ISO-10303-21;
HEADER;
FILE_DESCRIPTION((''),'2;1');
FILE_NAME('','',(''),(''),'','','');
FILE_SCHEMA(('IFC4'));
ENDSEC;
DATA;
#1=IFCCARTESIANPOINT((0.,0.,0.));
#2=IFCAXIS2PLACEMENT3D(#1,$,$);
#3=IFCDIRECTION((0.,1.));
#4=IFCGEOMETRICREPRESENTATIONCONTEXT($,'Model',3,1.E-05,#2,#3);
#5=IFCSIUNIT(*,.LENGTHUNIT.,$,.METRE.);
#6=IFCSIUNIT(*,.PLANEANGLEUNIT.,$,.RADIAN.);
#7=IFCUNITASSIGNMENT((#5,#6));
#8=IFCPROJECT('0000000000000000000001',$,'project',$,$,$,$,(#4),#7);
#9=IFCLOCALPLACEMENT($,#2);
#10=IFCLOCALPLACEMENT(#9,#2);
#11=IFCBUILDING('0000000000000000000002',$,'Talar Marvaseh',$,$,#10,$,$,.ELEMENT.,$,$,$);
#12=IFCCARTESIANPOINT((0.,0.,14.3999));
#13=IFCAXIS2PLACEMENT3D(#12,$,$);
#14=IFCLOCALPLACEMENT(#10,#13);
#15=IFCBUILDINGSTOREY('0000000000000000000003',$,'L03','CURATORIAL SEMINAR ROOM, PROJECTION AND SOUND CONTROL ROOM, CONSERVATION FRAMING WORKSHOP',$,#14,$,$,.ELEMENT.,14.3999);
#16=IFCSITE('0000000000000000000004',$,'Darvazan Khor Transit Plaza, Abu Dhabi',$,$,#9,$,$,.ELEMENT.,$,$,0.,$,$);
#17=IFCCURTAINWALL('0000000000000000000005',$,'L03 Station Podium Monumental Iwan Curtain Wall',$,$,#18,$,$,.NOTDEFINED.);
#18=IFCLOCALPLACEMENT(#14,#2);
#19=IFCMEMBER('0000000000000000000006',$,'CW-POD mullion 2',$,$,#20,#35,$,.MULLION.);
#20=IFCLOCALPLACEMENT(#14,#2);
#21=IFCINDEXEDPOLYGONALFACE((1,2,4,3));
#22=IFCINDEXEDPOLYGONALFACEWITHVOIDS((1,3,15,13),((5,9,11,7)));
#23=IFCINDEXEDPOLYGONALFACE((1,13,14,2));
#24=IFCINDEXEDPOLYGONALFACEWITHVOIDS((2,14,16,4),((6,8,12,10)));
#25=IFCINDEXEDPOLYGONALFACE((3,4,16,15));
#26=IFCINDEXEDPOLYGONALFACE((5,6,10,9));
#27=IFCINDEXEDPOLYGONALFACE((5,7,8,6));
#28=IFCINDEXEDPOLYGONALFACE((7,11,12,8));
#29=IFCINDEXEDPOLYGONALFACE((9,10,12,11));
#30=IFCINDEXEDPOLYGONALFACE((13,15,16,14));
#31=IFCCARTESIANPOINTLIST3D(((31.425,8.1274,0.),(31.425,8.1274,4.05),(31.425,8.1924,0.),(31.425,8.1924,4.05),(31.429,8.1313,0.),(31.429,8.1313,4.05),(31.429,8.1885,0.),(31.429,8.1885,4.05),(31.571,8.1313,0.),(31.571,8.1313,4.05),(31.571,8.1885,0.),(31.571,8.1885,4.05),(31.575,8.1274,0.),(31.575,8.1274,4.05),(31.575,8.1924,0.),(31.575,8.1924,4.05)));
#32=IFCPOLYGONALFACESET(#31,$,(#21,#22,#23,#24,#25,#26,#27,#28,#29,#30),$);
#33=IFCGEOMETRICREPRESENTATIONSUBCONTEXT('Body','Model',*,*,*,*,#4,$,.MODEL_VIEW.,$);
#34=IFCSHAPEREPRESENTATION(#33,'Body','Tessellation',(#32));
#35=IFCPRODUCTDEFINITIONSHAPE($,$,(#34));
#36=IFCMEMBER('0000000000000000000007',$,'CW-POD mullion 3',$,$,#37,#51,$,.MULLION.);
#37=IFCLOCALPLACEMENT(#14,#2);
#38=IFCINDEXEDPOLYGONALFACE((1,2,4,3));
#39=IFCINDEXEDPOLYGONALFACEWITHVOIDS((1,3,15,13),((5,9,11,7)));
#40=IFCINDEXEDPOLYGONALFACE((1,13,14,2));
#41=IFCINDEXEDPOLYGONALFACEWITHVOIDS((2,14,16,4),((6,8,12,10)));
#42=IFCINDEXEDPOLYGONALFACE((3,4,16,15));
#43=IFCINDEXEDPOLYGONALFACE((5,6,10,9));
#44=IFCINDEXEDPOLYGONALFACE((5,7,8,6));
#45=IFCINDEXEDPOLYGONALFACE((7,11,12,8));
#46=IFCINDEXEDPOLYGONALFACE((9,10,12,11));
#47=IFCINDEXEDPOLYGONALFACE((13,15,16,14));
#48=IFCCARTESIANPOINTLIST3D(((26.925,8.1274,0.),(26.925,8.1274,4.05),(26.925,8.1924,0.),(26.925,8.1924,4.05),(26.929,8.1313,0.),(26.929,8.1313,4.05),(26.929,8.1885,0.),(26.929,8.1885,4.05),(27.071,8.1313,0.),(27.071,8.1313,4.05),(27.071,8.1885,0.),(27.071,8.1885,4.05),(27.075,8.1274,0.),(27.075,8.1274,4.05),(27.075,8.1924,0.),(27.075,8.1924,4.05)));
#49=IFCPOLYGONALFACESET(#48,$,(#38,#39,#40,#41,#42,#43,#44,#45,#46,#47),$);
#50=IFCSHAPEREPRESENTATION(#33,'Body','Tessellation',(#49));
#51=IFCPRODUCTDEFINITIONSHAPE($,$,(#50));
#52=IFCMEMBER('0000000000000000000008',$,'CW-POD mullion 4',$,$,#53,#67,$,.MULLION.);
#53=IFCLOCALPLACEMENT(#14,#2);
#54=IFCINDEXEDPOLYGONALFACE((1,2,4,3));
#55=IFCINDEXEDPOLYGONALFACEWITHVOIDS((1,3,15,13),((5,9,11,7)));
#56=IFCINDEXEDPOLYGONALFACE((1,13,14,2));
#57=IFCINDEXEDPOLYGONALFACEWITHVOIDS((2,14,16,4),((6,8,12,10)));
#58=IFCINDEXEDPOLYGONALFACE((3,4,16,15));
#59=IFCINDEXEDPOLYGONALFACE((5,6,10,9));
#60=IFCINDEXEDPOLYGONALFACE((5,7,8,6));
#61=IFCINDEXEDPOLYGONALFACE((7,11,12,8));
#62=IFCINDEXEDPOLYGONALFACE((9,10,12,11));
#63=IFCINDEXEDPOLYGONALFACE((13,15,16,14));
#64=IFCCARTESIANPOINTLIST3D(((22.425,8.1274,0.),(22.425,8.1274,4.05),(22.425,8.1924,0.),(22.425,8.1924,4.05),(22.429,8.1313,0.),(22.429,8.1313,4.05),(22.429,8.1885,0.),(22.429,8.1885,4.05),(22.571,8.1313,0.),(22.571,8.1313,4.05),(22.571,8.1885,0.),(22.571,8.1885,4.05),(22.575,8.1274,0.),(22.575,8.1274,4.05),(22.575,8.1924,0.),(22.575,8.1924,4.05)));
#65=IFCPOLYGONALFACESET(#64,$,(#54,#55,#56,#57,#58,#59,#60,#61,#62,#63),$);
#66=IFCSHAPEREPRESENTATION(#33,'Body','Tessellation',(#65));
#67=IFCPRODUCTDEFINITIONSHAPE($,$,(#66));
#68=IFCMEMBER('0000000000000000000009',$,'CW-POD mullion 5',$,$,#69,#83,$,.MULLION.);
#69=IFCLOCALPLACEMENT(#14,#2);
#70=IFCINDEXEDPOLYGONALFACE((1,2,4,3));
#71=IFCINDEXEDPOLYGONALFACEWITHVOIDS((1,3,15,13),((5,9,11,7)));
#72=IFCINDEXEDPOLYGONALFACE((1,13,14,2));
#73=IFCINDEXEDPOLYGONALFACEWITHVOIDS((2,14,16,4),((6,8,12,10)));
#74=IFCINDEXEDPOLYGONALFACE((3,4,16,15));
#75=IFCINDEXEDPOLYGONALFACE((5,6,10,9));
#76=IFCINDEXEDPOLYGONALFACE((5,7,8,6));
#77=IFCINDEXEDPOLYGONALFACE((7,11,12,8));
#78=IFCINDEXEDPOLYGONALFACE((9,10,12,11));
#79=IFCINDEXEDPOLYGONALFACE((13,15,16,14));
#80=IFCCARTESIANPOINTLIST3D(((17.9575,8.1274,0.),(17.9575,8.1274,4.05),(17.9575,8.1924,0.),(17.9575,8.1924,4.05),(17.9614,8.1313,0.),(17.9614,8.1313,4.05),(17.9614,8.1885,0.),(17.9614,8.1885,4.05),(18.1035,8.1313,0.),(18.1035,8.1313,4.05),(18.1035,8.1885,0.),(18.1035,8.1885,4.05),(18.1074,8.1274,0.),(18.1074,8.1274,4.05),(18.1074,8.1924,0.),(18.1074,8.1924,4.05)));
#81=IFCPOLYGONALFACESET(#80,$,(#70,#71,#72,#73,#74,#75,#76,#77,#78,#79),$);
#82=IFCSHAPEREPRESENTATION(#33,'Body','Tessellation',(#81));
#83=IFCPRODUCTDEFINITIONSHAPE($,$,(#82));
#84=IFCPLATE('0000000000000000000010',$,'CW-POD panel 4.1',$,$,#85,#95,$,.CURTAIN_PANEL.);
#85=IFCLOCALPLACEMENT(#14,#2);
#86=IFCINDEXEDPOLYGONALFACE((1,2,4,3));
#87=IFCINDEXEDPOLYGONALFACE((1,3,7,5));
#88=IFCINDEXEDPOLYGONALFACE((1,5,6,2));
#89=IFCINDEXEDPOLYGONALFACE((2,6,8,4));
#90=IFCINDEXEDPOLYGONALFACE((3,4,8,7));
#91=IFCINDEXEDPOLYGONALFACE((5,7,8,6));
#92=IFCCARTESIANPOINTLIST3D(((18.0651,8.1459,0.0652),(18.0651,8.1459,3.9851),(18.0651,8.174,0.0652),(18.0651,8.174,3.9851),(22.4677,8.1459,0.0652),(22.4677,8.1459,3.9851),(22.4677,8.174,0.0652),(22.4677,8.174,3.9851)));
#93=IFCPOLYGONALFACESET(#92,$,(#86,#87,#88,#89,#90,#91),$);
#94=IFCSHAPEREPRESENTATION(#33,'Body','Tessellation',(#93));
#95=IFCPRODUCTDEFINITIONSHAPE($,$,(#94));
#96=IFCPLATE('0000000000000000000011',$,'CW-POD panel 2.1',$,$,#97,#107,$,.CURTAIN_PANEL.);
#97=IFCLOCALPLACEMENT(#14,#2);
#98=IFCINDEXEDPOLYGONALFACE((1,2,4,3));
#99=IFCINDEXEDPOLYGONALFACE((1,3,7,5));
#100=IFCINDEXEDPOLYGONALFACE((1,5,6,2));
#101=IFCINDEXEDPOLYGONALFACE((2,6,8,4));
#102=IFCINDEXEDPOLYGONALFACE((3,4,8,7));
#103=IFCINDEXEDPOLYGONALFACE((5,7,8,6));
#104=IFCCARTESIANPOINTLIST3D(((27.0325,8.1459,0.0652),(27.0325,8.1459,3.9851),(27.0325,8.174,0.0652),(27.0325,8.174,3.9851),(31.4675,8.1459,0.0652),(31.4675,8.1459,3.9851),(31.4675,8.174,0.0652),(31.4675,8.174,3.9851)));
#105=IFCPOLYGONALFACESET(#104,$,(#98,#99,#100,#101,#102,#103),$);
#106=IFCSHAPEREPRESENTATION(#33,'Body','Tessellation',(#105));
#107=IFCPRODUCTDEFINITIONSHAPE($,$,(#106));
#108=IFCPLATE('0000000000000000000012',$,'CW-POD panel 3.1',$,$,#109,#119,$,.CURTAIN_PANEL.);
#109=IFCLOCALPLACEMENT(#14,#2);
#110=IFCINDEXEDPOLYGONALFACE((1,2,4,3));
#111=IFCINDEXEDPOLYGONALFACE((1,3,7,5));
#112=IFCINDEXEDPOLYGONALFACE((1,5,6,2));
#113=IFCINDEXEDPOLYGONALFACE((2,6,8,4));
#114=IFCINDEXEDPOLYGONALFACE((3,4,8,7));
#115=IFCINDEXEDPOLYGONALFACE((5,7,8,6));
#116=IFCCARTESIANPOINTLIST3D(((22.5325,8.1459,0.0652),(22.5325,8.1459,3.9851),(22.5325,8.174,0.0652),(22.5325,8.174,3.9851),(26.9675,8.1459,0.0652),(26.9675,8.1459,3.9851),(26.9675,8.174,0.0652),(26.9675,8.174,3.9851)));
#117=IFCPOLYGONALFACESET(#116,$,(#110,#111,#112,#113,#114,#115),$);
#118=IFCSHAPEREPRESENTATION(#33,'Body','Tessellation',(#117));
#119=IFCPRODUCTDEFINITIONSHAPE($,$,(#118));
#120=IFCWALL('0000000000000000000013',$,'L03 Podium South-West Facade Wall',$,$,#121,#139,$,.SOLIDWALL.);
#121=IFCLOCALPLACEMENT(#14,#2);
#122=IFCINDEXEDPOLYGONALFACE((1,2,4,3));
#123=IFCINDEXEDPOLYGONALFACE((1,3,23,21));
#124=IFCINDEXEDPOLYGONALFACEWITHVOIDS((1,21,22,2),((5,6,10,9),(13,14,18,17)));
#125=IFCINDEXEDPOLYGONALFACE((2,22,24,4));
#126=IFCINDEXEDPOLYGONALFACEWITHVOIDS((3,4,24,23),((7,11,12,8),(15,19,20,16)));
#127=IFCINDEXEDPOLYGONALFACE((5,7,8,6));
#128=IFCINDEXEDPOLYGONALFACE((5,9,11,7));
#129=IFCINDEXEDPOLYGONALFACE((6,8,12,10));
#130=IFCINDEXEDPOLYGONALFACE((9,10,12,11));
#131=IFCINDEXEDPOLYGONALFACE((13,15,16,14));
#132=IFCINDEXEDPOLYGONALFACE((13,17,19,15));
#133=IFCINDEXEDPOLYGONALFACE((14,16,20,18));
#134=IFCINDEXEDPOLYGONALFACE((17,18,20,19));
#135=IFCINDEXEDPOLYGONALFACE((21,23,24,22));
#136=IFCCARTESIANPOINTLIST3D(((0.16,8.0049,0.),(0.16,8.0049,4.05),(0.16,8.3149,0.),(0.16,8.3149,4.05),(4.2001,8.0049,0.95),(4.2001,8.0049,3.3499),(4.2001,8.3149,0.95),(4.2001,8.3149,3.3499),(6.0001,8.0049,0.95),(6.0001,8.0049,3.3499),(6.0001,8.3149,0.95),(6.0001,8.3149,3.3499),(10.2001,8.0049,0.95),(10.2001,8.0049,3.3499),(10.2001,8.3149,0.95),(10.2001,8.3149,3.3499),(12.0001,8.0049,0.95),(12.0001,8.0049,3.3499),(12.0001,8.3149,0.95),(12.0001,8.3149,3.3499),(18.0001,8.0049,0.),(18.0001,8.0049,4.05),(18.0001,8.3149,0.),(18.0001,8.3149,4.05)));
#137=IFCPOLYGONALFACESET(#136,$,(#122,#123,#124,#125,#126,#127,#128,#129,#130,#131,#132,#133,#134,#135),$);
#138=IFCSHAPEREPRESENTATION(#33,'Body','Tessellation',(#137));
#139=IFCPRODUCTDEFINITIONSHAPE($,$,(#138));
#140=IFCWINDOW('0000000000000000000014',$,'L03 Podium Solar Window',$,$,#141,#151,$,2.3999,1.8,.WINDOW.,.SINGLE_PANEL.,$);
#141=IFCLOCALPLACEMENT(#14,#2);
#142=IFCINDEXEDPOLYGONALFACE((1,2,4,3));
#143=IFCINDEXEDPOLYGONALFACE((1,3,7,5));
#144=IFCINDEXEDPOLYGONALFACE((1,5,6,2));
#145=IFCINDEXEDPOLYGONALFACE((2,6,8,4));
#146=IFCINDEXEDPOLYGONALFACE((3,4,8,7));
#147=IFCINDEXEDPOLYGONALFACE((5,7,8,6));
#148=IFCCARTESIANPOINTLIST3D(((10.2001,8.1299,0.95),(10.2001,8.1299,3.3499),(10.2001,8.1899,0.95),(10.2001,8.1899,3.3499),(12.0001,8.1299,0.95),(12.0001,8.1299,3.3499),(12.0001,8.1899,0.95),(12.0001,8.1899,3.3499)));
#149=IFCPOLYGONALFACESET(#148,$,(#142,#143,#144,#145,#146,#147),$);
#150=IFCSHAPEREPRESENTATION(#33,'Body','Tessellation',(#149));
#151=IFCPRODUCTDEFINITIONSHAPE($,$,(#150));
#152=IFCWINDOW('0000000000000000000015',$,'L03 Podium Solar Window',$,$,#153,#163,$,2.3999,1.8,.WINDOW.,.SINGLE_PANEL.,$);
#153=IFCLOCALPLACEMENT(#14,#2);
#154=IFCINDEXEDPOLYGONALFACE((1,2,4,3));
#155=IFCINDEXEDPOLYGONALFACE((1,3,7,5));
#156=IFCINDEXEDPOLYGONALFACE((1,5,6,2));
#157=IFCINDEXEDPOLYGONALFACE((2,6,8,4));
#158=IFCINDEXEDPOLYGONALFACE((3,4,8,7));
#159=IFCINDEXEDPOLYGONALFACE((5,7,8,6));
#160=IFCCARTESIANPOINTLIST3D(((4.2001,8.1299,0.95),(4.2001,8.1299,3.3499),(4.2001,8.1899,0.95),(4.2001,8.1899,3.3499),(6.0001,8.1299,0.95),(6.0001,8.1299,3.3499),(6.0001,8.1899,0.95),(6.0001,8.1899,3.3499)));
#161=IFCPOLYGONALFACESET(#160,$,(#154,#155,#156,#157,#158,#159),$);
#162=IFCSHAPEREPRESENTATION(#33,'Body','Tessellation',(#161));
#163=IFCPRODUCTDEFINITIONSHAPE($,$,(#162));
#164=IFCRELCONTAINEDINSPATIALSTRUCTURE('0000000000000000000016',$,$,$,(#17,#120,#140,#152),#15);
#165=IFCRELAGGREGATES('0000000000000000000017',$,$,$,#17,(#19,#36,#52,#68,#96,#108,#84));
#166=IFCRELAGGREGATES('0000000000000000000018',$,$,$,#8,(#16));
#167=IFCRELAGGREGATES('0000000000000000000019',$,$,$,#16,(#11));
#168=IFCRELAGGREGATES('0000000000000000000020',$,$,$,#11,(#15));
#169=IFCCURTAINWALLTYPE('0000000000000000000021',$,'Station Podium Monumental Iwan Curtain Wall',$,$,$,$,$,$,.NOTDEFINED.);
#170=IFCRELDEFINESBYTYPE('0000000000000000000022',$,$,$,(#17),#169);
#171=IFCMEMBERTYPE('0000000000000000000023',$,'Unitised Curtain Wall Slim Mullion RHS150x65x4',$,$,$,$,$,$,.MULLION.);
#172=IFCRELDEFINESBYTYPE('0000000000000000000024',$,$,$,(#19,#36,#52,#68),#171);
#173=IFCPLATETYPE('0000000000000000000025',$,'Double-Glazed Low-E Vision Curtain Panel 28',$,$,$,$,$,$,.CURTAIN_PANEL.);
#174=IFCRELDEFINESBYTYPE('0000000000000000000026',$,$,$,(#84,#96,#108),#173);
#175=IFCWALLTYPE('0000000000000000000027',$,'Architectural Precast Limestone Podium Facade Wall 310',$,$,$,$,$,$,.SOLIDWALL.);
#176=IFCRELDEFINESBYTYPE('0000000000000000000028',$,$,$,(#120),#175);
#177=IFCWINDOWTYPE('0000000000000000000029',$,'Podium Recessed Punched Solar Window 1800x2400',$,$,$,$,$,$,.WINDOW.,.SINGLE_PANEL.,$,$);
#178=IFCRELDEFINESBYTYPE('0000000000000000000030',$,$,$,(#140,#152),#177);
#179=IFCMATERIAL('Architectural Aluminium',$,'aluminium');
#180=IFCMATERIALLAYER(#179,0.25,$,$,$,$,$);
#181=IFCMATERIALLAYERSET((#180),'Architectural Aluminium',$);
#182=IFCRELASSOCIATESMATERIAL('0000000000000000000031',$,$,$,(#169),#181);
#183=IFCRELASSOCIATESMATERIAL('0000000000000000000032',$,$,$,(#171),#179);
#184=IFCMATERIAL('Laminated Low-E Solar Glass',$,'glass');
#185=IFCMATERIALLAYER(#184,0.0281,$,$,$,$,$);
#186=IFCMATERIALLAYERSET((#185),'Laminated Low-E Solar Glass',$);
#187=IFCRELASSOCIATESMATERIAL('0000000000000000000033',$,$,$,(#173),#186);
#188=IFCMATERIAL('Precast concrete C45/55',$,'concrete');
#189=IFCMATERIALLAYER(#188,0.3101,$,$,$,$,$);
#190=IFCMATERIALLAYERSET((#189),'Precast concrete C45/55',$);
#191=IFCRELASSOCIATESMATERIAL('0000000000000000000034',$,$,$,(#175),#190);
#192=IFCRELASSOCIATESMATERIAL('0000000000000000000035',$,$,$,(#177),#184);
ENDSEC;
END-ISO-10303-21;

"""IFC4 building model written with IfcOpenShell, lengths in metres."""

from ifc_helpers import new_model, si_unit, direction, frame, frame_2d, origin, origin_2d, place, context, subcontext, project, spatial, rectangle, hollow_rectangle, extrude, source, transform, mapped, material, layer, layer_set, material_profile, profile_set, type_object, type_shapes, element, fill, aggregate, save


model = new_model("IFC4")

# Units and contexts
model_context = context("Model", 3, precision=1e-05, world=origin(), true_north=direction((0.0, 1.0)))
body_context = subcontext(model_context, "Body", "Model", "MODEL_VIEW")
ifc_project = project(units=[si_unit("LENGTHUNIT", "METRE"), si_unit("PLANEANGLEUNIT", "RADIAN")], contexts=[model_context])

# Site, building, storey
site_placement = place(None, origin())
site = spatial("IfcSite", under=ifc_project, at=site_placement, Name="Darvazan Khor Transit Plaza, Abu Dhabi", CompositionType="ELEMENT", RefElevation=0.0)
building_placement = place(site_placement, origin())
building = spatial("IfcBuilding", under=site, at=building_placement, Name="Talar Marvaseh", CompositionType="ELEMENT")
storey_placement = place(building_placement, frame((0.0, 0.0, 14.3999)))
storey = spatial("IfcBuildingStorey", under=building, at=storey_placement, Name="L03", Description="CURATORIAL SEMINAR ROOM, PROJECTION AND SOUND CONTROL ROOM, CONSERVATION FRAMING WORKSHOP", CompositionType="ELEMENT", Elevation=14.3999)

# Curtain wall, members, plates
ifc_material_1 = material(Name="Architectural Aluminium", Category="aluminium")
ifc_layer_1 = layer(ifc_material_1, 0.25)
ifc_layer_set_1 = layer_set([ifc_layer_1], Name="Architectural Aluminium")
curtain_wall_type = type_object("IfcCurtainWallType", Name="Station Podium Monumental Iwan Curtain Wall", PredefinedType="NOTDEFINED", material=ifc_layer_set_1)
curtain_wall_placement = place(storey_placement, origin())
curtain_wall = element("IfcCurtainWall", 1, at=curtain_wall_placement, inside=storey, type_object=curtain_wall_type, Name="L03 Station Podium Monumental Iwan Curtain Wall", PredefinedType="NOTDEFINED")
ifc_material_profile_1 = material_profile(ifc_material_1, hollow_rectangle(XDim=0.0649, YDim=0.1499, WallThickness=0.0039, at=origin_2d()), Name="RHS150x65x4")
ifc_profile_set_1 = profile_set([ifc_material_profile_1], Name="Architectural Aluminium")
member_type_1 = type_object("IfcMemberType", Name="Unitised Curtain Wall Slim Mullion RHS150x65x4", PredefinedType="MULLION", material=ifc_profile_set_1)
shared_shape_1 = source(origin(), body_context, "Body", "SweptSolid", [
    extrude(hollow_rectangle(XDim=0.0649, YDim=0.1499, WallThickness=0.0039, at=origin_2d()), origin(), (0.0, 0.0, 1.0), 4.05),
])
type_shapes(member_type_1, [shared_shape_1])
member_1_placement = place(storey_placement, frame((31.5, 8.1599, 0.0), z_axis=(0.0, 0.0, 1.0), x_axis=(0.0, -1.0, 0.0)))
member_1 = element("IfcMember", 2, at=member_1_placement, type_object=member_type_1, Name="CW-POD mullion 2", PredefinedType="MULLION", context=body_context, shape_type="MappedRepresentation", body=[
    mapped(shared_shape_1, transform((0.0, 0.0, 0.0), x_axis=(1.0, 0.0, 0.0), y_axis=(0.0, 1.0, 0.0), z_axis=(0.0, 0.0, 1.0), scale=1.0)),
])
member_2_placement = place(storey_placement, frame((27.0, 8.1599, 0.0), z_axis=(0.0, 0.0, 1.0), x_axis=(0.0, -1.0, 0.0)))
member_2 = element("IfcMember", 3, at=member_2_placement, type_object=member_type_1, Name="CW-POD mullion 3", PredefinedType="MULLION", context=body_context, shape_type="MappedRepresentation", body=[
    mapped(shared_shape_1, transform((0.0, 0.0, 0.0), x_axis=(1.0, 0.0, 0.0), y_axis=(0.0, 1.0, 0.0), z_axis=(0.0, 0.0, 1.0), scale=1.0)),
])
member_3_placement = place(storey_placement, frame((22.5, 8.1599, 0.0), z_axis=(0.0, 0.0, 1.0), x_axis=(0.0, -1.0, 0.0)))
member_3 = element("IfcMember", 4, at=member_3_placement, type_object=member_type_1, Name="CW-POD mullion 4", PredefinedType="MULLION", context=body_context, shape_type="MappedRepresentation", body=[
    mapped(shared_shape_1, transform((0.0, 0.0, 0.0), x_axis=(1.0, 0.0, 0.0), y_axis=(0.0, 1.0, 0.0), z_axis=(0.0, 0.0, 1.0), scale=1.0)),
])
member_4_placement = place(storey_placement, frame((18.0325, 8.1599, 0.0), z_axis=(0.0, 0.0, 1.0), x_axis=(0.0, -1.0, 0.0)))
member_4 = element("IfcMember", 5, at=member_4_placement, type_object=member_type_1, Name="CW-POD mullion 5", PredefinedType="MULLION", context=body_context, shape_type="MappedRepresentation", body=[
    mapped(shared_shape_1, transform((0.0, 0.0, 0.0), x_axis=(1.0, 0.0, 0.0), y_axis=(0.0, 1.0, 0.0), z_axis=(0.0, 0.0, 1.0), scale=1.0)),
])
ifc_material_2 = material(Name="Laminated Low-E Solar Glass", Category="glass")
ifc_layer_2 = layer(ifc_material_2, 0.0281)
ifc_layer_set_2 = layer_set([ifc_layer_2], Name="Laminated Low-E Solar Glass")
plate_type = type_object("IfcPlateType", Name="Double-Glazed Low-E Vision Curtain Panel 28", PredefinedType="CURTAIN_PANEL", material=ifc_layer_set_2)
shared_shape_2 = source(origin(), body_context, "Body", "SweptSolid", [
    extrude(rectangle(XDim=4.4026, YDim=0.0281, at=origin_2d()), origin(), (0.0, 0.0, 1.0), 3.9199),
])
plate_1_placement = place(storey_placement, frame((20.2664, 8.1599, 0.0652), z_axis=(0.0, 0.0, 1.0), x_axis=(-1.0, 0.0, 0.0)))
plate_1 = element("IfcPlate", 6, at=plate_1_placement, type_object=plate_type, Name="CW-POD panel 4.1", PredefinedType="CURTAIN_PANEL", context=body_context, shape_type="MappedRepresentation", body=[
    mapped(shared_shape_2, transform((0.0, 0.0, 0.0), x_axis=(1.0, 0.0, 0.0), y_axis=(0.0, 1.0, 0.0), z_axis=(0.0, 0.0, 1.0), scale=1.0)),
])
shared_shape_3 = source(origin(), body_context, "Body", "SweptSolid", [
    extrude(rectangle(XDim=4.4351, YDim=0.0281, at=origin_2d()), origin(), (0.0, 0.0, 1.0), 3.9199),
])
type_shapes(plate_type, [shared_shape_2, shared_shape_3])
plate_2_placement = place(storey_placement, frame((29.25, 8.1599, 0.0652), z_axis=(0.0, 0.0, 1.0), x_axis=(-1.0, 0.0, 0.0)))
plate_2 = element("IfcPlate", 7, at=plate_2_placement, type_object=plate_type, Name="CW-POD panel 2.1", PredefinedType="CURTAIN_PANEL", context=body_context, shape_type="MappedRepresentation", body=[
    mapped(shared_shape_3, transform((0.0, 0.0, 0.0), x_axis=(1.0, 0.0, 0.0), y_axis=(0.0, 1.0, 0.0), z_axis=(0.0, 0.0, 1.0), scale=1.0)),
])
plate_3_placement = place(storey_placement, frame((24.75, 8.1599, 0.0652), z_axis=(0.0, 0.0, 1.0), x_axis=(-1.0, 0.0, 0.0)))
plate_3 = element("IfcPlate", 8, at=plate_3_placement, type_object=plate_type, Name="CW-POD panel 3.1", PredefinedType="CURTAIN_PANEL", context=body_context, shape_type="MappedRepresentation", body=[
    mapped(shared_shape_3, transform((0.0, 0.0, 0.0), x_axis=(1.0, 0.0, 0.0), y_axis=(0.0, 1.0, 0.0), z_axis=(0.0, 0.0, 1.0), scale=1.0)),
])
aggregate(curtain_wall, [member_1, member_2, member_3, member_4, plate_2, plate_3, plate_1])

# Wall, openings, windows
ifc_material_3 = material(Name="Precast concrete C45/55", Category="concrete")
ifc_layer_3 = layer(ifc_material_3, 0.3101)
ifc_layer_set_3 = layer_set([ifc_layer_3], Name="Precast concrete C45/55")
wall_type_1 = type_object("IfcWallType", Name="Architectural Precast Limestone Podium Facade Wall 310", PredefinedType="SOLIDWALL", material=ifc_layer_set_3)
wall_1_placement = place(storey_placement, frame((18.0, 8.1599, 0.0), z_axis=(0.0, 0.0, 1.0), x_axis=(-1.0, 0.0, 0.0)))
wall_1 = element("IfcWall", 9, at=wall_1_placement, inside=storey, type_object=wall_type_1, Name="L03 Podium South-West Facade Wall", PredefinedType="SOLIDWALL", context=body_context, shape_type="SweptSolid", body=[
    extrude(rectangle(XDim=17.8401, YDim=0.3101, at=frame_2d((8.9199, 0.0))), origin(), (0.0, 0.0, 1.0), 4.05),
])
opening_1_placement = place(wall_1_placement, frame((6.0, 0.0, 0.95)))
opening_1 = element("IfcOpeningElement", 10, at=opening_1_placement, cuts=wall_1, PredefinedType="OPENING", context=body_context, shape_type="SweptSolid", body=[
    extrude(rectangle(XDim=1.8, YDim=2.3999, at=frame_2d((0.8999, 1.2))), frame((0.0, 0.165, 0.0), z_axis=(0.0, -1.0, 0.0), x_axis=(1.0, 0.0, 0.0)), (0.0, 0.0, 1.0), 0.3301),
])
opening_2_placement = place(wall_1_placement, frame((12.0, 0.0, 0.95)))
opening_2 = element("IfcOpeningElement", 11, at=opening_2_placement, cuts=wall_1, PredefinedType="OPENING", context=body_context, shape_type="SweptSolid", body=[
    extrude(rectangle(XDim=1.8, YDim=2.3999, at=frame_2d((0.8999, 1.2))), frame((0.0, 0.165, 0.0), z_axis=(0.0, -1.0, 0.0), x_axis=(1.0, 0.0, 0.0)), (0.0, 0.0, 1.0), 0.3301),
])
window_type = type_object("IfcWindowType", Name="Podium Recessed Punched Solar Window 1800x2400", PartitioningType="SINGLE_PANEL", PredefinedType="WINDOW", material=ifc_material_2)
shared_shape_4 = source(origin(), body_context, "Body", "SweptSolid", [
    extrude(rectangle(XDim=1.8, YDim=2.3999, at=frame_2d((0.8999, 1.2))), frame((0.0, 0.03, 0.0), z_axis=(0.0, -1.0, 0.0), x_axis=(1.0, 0.0, 0.0)), (0.0, 0.0, 1.0), 0.0601),
])
type_shapes(window_type, [shared_shape_4])
window_1_placement = place(opening_1_placement, origin())
window_1 = element("IfcWindow", 12, at=window_1_placement, inside=storey, type_object=window_type, Name="L03 Podium Solar Window", OverallHeight=2.3999, OverallWidth=1.8, PartitioningType="SINGLE_PANEL", PredefinedType="WINDOW", context=body_context, shape_type="MappedRepresentation", body=[
    mapped(shared_shape_4, transform((0.0, 0.0, 0.0), x_axis=(1.0, 0.0, 0.0), y_axis=(0.0, 1.0, 0.0), z_axis=(0.0, 0.0, 1.0), scale=1.0)),
])
fill(opening_1, window_1)
window_2_placement = place(opening_2_placement, origin())
window_2 = element("IfcWindow", 13, at=window_2_placement, inside=storey, type_object=window_type, Name="L03 Podium Solar Window", OverallHeight=2.3999, OverallWidth=1.8, PartitioningType="SINGLE_PANEL", PredefinedType="WINDOW", context=body_context, shape_type="MappedRepresentation", body=[
    mapped(shared_shape_4, transform((0.0, 0.0, 0.0), x_axis=(1.0, 0.0, 0.0), y_axis=(0.0, 1.0, 0.0), z_axis=(0.0, 0.0, 1.0), scale=1.0)),
])
fill(opening_2, window_2)

save(model, "model.ifc")
